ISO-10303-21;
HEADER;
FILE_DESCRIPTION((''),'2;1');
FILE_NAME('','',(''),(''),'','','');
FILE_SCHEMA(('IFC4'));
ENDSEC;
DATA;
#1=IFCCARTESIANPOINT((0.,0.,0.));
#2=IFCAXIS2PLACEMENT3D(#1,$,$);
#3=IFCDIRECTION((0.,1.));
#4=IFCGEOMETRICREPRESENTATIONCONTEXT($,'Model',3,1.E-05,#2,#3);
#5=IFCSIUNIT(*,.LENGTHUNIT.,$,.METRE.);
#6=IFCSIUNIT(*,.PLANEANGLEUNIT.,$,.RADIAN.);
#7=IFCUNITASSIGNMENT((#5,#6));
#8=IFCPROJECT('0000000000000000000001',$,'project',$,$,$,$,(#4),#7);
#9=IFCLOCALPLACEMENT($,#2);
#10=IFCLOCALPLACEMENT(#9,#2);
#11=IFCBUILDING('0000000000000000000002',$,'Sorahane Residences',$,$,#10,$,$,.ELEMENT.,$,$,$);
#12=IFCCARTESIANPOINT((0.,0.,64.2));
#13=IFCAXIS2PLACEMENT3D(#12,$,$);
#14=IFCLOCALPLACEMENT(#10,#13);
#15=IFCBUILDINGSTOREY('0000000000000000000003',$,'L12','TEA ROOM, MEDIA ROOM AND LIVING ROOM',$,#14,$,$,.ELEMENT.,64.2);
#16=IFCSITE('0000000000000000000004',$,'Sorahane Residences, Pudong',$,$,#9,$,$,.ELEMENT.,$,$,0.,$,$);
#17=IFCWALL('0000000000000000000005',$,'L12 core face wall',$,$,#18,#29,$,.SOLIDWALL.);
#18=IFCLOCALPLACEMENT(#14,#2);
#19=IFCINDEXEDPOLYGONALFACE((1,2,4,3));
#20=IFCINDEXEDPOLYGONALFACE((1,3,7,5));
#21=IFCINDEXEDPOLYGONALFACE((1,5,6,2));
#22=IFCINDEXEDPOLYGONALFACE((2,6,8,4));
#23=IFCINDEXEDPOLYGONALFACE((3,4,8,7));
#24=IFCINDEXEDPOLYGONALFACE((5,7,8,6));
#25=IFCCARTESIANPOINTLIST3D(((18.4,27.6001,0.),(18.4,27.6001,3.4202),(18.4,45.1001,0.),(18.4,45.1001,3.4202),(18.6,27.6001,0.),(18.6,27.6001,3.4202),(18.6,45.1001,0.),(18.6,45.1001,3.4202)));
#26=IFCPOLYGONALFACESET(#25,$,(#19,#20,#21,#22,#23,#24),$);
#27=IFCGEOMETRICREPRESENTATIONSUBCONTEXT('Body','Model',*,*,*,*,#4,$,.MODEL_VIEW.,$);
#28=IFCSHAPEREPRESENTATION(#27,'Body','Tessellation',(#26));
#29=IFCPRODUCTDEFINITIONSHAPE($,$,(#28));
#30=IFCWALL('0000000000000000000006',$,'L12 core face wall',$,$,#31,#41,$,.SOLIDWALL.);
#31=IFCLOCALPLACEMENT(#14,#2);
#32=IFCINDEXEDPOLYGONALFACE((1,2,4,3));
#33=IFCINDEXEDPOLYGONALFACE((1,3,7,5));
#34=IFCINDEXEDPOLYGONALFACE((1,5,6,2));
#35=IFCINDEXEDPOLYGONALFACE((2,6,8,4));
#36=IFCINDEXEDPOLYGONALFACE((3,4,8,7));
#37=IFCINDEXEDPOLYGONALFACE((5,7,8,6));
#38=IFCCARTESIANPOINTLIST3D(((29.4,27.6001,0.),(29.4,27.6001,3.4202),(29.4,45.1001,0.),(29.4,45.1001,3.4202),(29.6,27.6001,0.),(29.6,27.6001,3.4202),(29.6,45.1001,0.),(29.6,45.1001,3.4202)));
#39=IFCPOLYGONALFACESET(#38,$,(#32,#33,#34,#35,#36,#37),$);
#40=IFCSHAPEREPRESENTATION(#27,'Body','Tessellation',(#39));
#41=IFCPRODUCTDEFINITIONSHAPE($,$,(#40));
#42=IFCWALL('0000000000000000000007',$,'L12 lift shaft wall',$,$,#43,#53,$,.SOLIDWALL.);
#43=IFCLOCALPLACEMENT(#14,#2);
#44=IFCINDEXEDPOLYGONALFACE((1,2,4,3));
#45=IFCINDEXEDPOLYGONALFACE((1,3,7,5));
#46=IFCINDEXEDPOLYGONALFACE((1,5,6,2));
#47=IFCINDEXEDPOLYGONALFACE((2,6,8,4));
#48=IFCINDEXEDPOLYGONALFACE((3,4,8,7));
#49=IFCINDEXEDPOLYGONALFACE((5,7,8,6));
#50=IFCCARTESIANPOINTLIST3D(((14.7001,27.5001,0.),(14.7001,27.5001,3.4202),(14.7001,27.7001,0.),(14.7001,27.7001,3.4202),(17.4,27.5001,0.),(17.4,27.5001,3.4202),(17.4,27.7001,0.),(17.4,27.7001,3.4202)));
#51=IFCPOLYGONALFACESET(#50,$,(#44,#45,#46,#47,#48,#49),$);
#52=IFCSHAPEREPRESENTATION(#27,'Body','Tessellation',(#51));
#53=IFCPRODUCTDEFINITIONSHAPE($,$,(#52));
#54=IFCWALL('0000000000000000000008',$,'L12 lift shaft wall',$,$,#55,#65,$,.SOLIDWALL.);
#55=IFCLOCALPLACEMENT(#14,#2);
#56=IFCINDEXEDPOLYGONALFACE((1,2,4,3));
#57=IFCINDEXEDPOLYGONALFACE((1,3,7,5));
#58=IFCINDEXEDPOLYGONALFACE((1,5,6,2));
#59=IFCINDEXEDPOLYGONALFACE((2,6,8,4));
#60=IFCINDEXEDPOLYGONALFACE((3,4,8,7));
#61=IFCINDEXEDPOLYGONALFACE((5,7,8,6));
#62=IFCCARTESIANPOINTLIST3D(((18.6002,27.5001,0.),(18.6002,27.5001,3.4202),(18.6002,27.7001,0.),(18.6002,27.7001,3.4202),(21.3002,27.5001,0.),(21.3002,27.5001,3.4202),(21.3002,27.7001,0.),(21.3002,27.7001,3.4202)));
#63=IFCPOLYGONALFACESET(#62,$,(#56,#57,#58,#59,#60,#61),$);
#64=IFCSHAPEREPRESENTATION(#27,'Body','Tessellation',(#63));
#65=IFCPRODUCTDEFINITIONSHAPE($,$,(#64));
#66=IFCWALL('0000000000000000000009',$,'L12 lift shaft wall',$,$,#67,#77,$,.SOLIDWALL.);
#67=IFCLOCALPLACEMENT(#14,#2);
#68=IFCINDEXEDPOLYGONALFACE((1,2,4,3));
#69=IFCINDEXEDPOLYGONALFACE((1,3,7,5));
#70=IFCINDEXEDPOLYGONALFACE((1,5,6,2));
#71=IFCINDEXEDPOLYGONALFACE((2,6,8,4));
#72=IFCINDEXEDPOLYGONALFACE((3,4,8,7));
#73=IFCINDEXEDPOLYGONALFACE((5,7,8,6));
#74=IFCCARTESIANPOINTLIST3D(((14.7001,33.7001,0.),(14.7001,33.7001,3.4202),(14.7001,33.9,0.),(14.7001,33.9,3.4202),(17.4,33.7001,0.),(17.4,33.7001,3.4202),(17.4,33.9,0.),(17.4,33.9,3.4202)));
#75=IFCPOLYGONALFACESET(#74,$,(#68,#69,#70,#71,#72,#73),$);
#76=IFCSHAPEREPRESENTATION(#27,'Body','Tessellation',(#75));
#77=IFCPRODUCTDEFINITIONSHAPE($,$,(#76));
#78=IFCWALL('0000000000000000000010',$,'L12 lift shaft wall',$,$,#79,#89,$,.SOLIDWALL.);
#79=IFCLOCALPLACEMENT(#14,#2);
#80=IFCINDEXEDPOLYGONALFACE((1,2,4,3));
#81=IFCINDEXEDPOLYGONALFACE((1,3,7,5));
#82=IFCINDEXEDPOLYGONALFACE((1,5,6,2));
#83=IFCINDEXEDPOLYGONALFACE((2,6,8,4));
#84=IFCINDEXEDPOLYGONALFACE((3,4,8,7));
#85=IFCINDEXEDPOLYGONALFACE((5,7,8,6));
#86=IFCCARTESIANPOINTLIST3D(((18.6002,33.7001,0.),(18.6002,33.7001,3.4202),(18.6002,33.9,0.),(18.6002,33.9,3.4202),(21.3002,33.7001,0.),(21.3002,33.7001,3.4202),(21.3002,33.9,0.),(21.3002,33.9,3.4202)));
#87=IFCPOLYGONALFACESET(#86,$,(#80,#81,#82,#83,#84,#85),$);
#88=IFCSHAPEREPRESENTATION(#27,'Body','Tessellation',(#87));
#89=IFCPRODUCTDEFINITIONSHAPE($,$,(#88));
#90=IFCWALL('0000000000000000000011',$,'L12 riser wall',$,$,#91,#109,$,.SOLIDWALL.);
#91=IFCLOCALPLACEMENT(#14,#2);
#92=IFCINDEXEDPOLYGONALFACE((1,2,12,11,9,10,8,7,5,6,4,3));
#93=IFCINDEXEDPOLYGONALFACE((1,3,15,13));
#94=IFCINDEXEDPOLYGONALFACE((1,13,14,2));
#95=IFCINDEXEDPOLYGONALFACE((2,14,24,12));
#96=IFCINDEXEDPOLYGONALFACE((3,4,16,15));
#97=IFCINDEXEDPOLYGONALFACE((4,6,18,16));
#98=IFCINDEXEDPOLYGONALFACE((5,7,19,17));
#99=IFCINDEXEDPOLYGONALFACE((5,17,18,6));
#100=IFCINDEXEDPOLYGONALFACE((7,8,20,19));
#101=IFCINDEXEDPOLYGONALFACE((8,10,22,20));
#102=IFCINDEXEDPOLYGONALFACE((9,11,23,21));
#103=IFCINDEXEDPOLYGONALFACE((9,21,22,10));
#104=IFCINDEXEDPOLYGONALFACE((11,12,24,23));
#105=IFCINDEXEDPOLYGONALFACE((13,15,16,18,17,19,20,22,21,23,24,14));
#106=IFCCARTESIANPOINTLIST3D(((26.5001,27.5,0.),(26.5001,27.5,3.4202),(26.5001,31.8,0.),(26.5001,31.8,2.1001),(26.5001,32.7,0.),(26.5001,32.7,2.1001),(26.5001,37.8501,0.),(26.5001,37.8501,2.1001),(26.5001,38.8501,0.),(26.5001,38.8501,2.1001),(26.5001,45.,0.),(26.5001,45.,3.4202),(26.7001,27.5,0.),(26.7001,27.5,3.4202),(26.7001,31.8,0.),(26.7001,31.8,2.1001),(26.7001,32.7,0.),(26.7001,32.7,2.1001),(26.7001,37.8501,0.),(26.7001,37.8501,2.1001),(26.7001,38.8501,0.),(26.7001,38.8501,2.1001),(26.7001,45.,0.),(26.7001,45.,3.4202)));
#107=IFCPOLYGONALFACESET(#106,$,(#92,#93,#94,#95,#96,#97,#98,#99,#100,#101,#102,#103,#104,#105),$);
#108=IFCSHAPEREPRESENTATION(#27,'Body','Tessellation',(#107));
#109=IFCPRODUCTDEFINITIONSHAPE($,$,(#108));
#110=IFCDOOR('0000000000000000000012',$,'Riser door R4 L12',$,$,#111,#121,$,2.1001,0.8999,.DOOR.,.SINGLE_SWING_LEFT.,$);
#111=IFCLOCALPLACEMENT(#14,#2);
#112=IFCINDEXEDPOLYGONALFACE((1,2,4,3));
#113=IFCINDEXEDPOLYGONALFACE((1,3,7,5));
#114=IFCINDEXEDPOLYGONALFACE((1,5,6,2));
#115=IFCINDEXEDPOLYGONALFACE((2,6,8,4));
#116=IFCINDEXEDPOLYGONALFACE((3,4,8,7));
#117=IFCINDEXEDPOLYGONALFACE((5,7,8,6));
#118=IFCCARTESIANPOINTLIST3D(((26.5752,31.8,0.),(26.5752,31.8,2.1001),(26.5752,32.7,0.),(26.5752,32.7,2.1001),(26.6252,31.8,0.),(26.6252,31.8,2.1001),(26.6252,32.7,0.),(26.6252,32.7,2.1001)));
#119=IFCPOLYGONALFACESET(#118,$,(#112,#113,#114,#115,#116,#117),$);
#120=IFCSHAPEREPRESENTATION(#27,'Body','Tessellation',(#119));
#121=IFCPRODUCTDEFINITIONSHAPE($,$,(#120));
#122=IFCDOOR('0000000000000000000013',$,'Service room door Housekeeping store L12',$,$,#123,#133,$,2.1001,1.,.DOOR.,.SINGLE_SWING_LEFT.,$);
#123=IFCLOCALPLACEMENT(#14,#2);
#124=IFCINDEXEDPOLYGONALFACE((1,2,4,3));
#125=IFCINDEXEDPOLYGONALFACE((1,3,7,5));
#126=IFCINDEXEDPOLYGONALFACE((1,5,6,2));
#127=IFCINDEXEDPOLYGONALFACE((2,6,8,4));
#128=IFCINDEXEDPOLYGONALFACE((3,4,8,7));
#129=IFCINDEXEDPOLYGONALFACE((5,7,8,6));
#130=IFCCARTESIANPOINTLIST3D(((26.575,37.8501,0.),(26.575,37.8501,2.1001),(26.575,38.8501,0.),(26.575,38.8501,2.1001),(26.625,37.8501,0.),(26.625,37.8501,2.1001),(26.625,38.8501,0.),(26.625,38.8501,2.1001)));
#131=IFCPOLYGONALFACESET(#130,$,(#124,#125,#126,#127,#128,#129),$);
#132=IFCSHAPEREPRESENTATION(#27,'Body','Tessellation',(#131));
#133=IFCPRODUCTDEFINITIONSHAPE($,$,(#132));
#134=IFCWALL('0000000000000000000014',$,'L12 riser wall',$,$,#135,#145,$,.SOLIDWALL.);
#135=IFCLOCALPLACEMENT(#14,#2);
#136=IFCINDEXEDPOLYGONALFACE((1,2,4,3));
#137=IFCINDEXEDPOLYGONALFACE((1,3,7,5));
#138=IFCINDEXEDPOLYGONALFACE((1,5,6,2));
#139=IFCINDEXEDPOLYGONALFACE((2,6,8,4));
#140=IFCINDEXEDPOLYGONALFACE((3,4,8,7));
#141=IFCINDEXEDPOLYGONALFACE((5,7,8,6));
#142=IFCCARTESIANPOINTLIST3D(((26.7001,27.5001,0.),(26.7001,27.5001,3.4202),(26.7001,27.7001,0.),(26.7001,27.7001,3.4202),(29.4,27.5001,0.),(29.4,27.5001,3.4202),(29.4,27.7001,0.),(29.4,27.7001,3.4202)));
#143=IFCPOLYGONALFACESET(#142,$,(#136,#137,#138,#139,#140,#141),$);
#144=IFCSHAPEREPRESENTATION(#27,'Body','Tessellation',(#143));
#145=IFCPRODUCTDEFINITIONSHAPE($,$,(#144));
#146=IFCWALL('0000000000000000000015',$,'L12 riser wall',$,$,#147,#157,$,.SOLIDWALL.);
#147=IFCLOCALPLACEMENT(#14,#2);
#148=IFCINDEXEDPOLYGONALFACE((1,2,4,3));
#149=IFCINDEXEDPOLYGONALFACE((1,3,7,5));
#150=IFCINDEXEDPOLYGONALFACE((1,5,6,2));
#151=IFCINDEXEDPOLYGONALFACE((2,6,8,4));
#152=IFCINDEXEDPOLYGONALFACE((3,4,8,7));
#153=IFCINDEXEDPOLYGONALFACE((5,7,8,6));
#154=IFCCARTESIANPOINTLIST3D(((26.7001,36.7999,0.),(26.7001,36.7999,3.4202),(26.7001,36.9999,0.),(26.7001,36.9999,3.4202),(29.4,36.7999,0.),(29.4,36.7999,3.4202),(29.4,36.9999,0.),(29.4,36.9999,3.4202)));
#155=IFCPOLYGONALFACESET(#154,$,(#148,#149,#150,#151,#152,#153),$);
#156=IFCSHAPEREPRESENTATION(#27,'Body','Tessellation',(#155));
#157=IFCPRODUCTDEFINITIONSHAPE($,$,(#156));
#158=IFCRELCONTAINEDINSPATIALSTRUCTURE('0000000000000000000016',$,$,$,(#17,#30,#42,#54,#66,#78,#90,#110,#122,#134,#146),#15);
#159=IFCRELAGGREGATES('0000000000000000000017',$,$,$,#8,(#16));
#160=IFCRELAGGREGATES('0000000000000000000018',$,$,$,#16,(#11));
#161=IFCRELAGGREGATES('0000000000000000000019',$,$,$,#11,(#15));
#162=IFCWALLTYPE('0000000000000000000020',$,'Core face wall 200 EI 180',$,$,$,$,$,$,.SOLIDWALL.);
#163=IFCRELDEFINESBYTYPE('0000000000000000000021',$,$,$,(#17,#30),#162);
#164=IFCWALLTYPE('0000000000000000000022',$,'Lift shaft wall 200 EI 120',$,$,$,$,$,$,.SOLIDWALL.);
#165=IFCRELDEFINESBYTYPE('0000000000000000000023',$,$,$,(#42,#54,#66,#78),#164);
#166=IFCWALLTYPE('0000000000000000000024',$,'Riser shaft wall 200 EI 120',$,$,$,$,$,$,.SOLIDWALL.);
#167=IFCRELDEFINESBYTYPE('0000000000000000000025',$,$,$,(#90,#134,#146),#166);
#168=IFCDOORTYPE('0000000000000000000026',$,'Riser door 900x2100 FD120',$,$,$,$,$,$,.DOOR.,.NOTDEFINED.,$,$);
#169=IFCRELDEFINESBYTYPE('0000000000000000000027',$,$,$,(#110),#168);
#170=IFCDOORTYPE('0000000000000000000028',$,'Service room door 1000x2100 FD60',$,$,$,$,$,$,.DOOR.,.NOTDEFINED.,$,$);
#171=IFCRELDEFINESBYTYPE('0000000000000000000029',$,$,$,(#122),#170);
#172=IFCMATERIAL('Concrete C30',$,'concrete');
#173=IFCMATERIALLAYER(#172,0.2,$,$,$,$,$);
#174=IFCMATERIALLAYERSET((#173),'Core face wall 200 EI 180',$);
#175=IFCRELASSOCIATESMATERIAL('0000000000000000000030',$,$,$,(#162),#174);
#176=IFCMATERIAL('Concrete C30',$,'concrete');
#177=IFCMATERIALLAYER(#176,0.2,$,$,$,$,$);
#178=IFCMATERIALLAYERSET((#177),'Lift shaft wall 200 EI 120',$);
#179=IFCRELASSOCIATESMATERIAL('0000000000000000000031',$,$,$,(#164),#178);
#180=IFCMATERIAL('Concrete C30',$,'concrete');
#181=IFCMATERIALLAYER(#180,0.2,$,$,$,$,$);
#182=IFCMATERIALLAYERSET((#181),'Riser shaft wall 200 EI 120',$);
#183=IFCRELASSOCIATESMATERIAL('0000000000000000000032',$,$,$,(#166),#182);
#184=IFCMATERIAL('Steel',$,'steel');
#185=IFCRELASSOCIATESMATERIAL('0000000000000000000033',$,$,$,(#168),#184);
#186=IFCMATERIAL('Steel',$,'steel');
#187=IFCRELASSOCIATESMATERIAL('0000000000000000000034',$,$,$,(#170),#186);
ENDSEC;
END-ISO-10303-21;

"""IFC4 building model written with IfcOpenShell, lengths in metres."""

from ifc_helpers import new_model, si_unit, direction, frame, frame_2d, origin, place, context, subcontext, project, spatial, rectangle, extrude, material, layer, layer_set, type_object, element, fill, save


model = new_model("IFC4")

# Units and contexts
model_context = context("Model", 3, precision=1e-05, world=origin(), true_north=direction((0.0, 1.0)))
body_context = subcontext(model_context, "Body", "Model", "MODEL_VIEW")
ifc_project = project(units=[si_unit("LENGTHUNIT", "METRE"), si_unit("PLANEANGLEUNIT", "RADIAN")], contexts=[model_context])

# Site, building, storey
site_placement = place(None, origin())
site = spatial("IfcSite", under=ifc_project, at=site_placement, Name="Sorahane Residences, Pudong", CompositionType="ELEMENT", RefElevation=0.0)
building_placement = place(site_placement, origin())
building = spatial("IfcBuilding", under=site, at=building_placement, Name="Sorahane Residences", CompositionType="ELEMENT")
storey_placement = place(building_placement, frame((0.0, 0.0, 64.2)))
storey = spatial("IfcBuildingStorey", under=building, at=storey_placement, Name="L12", Description="TEA ROOM, MEDIA ROOM AND LIVING ROOM", CompositionType="ELEMENT", Elevation=64.2)

# Walls
ifc_material_1 = material(Name="Concrete C30", Category="concrete")
ifc_layer_1 = layer(ifc_material_1, 0.2)
ifc_layer_set_1 = layer_set([ifc_layer_1], Name="Core face wall 200 EI 180")
wall_type_1 = type_object("IfcWallType", Name="Core face wall 200 EI 180", PredefinedType="SOLIDWALL", material=ifc_layer_set_1)
for number, where, z_axis, x_axis, name in (
    (1, (18.5, 27.6001, 0.0), (0.0, 0.0, 1.0), (0.0, 1.0, 0.0), "L12 core face wall"),
    (2, (29.5, 27.6001, 0.0), (0.0, 0.0, 1.0), (0.0, 1.0, 0.0), "L12 core face wall"),
):
    element("IfcWall", number, at=place(storey_placement, frame(where, z_axis=z_axis, x_axis=x_axis)), inside=storey, type_object=wall_type_1, Name=name, PredefinedType="SOLIDWALL", context=body_context, shape_type="SweptSolid", body=[
        extrude(rectangle(XDim=17.5, YDim=0.2, at=frame_2d((8.75, 0.0))), origin(), (0.0, 0.0, 1.0), 3.4202),
    ])
ifc_material_2 = material(Name="Concrete C30", Category="concrete")
ifc_layer_2 = layer(ifc_material_2, 0.2)
ifc_layer_set_2 = layer_set([ifc_layer_2], Name="Lift shaft wall 200 EI 120")
wall_type_2 = type_object("IfcWallType", Name="Lift shaft wall 200 EI 120", PredefinedType="SOLIDWALL", material=ifc_layer_set_2)
for number, where, z_axis, x_axis, name in (
    (3, (14.7, 27.6001, 0.0), (0.0, 0.0, 1.0), (1.0, 0.0, 0.0), "L12 lift shaft wall"),
    (4, (18.6001, 27.6001, 0.0), (0.0, 0.0, 1.0), (1.0, 0.0, 0.0), "L12 lift shaft wall"),
    (5, (14.7, 33.8, 0.0), (0.0, 0.0, 1.0), (1.0, 0.0, 0.0), "L12 lift shaft wall"),
    (6, (18.6001, 33.8, 0.0), (0.0, 0.0, 1.0), (1.0, 0.0, 0.0), "L12 lift shaft wall"),
):
    element("IfcWall", number, at=place(storey_placement, frame(where, z_axis=z_axis, x_axis=x_axis)), inside=storey, type_object=wall_type_2, Name=name, PredefinedType="SOLIDWALL", context=body_context, shape_type="SweptSolid", body=[
        extrude(rectangle(XDim=2.7, YDim=0.2, at=frame_2d((1.3501, 0.0))), origin(), (0.0, 0.0, 1.0), 3.4202),
    ])

# Wall, openings, doors
ifc_material_3 = material(Name="Concrete C30", Category="concrete")
ifc_layer_3 = layer(ifc_material_3, 0.2)
ifc_layer_set_3 = layer_set([ifc_layer_3], Name="Riser shaft wall 200 EI 120")
wall_type_3 = type_object("IfcWallType", Name="Riser shaft wall 200 EI 120", PredefinedType="SOLIDWALL", material=ifc_layer_set_3)
wall_1_placement = place(storey_placement, frame((26.6001, 27.5, 0.0), z_axis=(0.0, 0.0, 1.0), x_axis=(0.0, 1.0, 0.0)))
wall_1 = element("IfcWall", 7, at=wall_1_placement, inside=storey, type_object=wall_type_3, Name="L12 riser wall", PredefinedType="SOLIDWALL", context=body_context, shape_type="SweptSolid", body=[
    extrude(rectangle(XDim=17.5, YDim=0.2, at=frame_2d((8.75, 0.0))), origin(), (0.0, 0.0, 1.0), 3.4202),
])
opening_1_placement = place(wall_1_placement, frame((4.3, 0.0, 0.0)))
opening_1 = element("IfcOpeningElement", 8, at=opening_1_placement, cuts=wall_1, PredefinedType="OPENING", context=body_context, shape_type="SweptSolid", body=[
    extrude(rectangle(XDim=0.8999, YDim=2.1001, at=frame_2d((0.45, 1.05))), frame((0.0, 0.1099, 0.0), z_axis=(0.0, -1.0, 0.0), x_axis=(1.0, 0.0, 0.0)), (0.0, 0.0, 1.0), 0.22),
])
opening_2_placement = place(wall_1_placement, frame((10.3501, 0.0, 0.0)))
opening_2 = element("IfcOpeningElement", 9, at=opening_2_placement, cuts=wall_1, PredefinedType="OPENING", context=body_context, shape_type="SweptSolid", body=[
    extrude(rectangle(XDim=1.0, YDim=2.1001, at=frame_2d((0.5, 1.05))), frame((0.0, 0.1099, 0.0), z_axis=(0.0, -1.0, 0.0), x_axis=(1.0, 0.0, 0.0)), (0.0, 0.0, 1.0), 0.22),
])
ifc_material_4 = material(Name="Steel", Category="steel")
door_type_1 = type_object("IfcDoorType", Name="Riser door 900x2100 FD120", OperationType="NOTDEFINED", PredefinedType="DOOR", material=ifc_material_4)
door_1_placement = place(opening_1_placement, origin())
door_1 = element("IfcDoor", 10, at=door_1_placement, inside=storey, type_object=door_type_1, Name="Riser door R4 L12", OperationType="SINGLE_SWING_LEFT", OverallHeight=2.1001, OverallWidth=0.8999, PredefinedType="DOOR", context=body_context, shape_type="SweptSolid", body=[
    extrude(rectangle(XDim=0.8999, YDim=2.1001, at=frame_2d((0.45, 1.05))), frame((0.0, 0.0249, 0.0), z_axis=(0.0, -1.0, 0.0), x_axis=(1.0, 0.0, 0.0)), (0.0, 0.0, 1.0), 0.05),
])
fill(opening_1, door_1)
ifc_material_5 = material(Name="Steel", Category="steel")
door_type_2 = type_object("IfcDoorType", Name="Service room door 1000x2100 FD60", OperationType="NOTDEFINED", PredefinedType="DOOR", material=ifc_material_5)
door_2_placement = place(opening_2_placement, frame((1.0, 0.0, 0.0), z_axis=(0.0, 0.0, 1.0), x_axis=(-1.0, 0.0, 0.0)))
door_2 = element("IfcDoor", 11, at=door_2_placement, inside=storey, type_object=door_type_2, Name="Service room door Housekeeping store L12", OperationType="SINGLE_SWING_LEFT", OverallHeight=2.1001, OverallWidth=1.0, PredefinedType="DOOR", context=body_context, shape_type="SweptSolid", body=[
    extrude(rectangle(XDim=1.0, YDim=2.1001, at=frame_2d((0.5, 1.05))), frame((0.0, 0.0249, 0.0), z_axis=(0.0, -1.0, 0.0), x_axis=(1.0, 0.0, 0.0)), (0.0, 0.0, 1.0), 0.05),
])
fill(opening_2, door_2)

# Walls
for number, where, z_axis, x_axis, name in (
    (12, (26.7, 27.6001, 0.0), (0.0, 0.0, 1.0), (1.0, 0.0, 0.0), "L12 riser wall"),
    (13, (26.7, 36.8999, 0.0), (0.0, 0.0, 1.0), (1.0, 0.0, 0.0), "L12 riser wall"),
):
    element("IfcWall", number, at=place(storey_placement, frame(where, z_axis=z_axis, x_axis=x_axis)), inside=storey, type_object=wall_type_3, Name=name, PredefinedType="SOLIDWALL", context=body_context, shape_type="SweptSolid", body=[
        extrude(rectangle(XDim=2.7, YDim=0.2, at=frame_2d((1.3501, 0.0))), origin(), (0.0, 0.0, 1.0), 3.4202),
    ])

save(model, "model.ifc")
